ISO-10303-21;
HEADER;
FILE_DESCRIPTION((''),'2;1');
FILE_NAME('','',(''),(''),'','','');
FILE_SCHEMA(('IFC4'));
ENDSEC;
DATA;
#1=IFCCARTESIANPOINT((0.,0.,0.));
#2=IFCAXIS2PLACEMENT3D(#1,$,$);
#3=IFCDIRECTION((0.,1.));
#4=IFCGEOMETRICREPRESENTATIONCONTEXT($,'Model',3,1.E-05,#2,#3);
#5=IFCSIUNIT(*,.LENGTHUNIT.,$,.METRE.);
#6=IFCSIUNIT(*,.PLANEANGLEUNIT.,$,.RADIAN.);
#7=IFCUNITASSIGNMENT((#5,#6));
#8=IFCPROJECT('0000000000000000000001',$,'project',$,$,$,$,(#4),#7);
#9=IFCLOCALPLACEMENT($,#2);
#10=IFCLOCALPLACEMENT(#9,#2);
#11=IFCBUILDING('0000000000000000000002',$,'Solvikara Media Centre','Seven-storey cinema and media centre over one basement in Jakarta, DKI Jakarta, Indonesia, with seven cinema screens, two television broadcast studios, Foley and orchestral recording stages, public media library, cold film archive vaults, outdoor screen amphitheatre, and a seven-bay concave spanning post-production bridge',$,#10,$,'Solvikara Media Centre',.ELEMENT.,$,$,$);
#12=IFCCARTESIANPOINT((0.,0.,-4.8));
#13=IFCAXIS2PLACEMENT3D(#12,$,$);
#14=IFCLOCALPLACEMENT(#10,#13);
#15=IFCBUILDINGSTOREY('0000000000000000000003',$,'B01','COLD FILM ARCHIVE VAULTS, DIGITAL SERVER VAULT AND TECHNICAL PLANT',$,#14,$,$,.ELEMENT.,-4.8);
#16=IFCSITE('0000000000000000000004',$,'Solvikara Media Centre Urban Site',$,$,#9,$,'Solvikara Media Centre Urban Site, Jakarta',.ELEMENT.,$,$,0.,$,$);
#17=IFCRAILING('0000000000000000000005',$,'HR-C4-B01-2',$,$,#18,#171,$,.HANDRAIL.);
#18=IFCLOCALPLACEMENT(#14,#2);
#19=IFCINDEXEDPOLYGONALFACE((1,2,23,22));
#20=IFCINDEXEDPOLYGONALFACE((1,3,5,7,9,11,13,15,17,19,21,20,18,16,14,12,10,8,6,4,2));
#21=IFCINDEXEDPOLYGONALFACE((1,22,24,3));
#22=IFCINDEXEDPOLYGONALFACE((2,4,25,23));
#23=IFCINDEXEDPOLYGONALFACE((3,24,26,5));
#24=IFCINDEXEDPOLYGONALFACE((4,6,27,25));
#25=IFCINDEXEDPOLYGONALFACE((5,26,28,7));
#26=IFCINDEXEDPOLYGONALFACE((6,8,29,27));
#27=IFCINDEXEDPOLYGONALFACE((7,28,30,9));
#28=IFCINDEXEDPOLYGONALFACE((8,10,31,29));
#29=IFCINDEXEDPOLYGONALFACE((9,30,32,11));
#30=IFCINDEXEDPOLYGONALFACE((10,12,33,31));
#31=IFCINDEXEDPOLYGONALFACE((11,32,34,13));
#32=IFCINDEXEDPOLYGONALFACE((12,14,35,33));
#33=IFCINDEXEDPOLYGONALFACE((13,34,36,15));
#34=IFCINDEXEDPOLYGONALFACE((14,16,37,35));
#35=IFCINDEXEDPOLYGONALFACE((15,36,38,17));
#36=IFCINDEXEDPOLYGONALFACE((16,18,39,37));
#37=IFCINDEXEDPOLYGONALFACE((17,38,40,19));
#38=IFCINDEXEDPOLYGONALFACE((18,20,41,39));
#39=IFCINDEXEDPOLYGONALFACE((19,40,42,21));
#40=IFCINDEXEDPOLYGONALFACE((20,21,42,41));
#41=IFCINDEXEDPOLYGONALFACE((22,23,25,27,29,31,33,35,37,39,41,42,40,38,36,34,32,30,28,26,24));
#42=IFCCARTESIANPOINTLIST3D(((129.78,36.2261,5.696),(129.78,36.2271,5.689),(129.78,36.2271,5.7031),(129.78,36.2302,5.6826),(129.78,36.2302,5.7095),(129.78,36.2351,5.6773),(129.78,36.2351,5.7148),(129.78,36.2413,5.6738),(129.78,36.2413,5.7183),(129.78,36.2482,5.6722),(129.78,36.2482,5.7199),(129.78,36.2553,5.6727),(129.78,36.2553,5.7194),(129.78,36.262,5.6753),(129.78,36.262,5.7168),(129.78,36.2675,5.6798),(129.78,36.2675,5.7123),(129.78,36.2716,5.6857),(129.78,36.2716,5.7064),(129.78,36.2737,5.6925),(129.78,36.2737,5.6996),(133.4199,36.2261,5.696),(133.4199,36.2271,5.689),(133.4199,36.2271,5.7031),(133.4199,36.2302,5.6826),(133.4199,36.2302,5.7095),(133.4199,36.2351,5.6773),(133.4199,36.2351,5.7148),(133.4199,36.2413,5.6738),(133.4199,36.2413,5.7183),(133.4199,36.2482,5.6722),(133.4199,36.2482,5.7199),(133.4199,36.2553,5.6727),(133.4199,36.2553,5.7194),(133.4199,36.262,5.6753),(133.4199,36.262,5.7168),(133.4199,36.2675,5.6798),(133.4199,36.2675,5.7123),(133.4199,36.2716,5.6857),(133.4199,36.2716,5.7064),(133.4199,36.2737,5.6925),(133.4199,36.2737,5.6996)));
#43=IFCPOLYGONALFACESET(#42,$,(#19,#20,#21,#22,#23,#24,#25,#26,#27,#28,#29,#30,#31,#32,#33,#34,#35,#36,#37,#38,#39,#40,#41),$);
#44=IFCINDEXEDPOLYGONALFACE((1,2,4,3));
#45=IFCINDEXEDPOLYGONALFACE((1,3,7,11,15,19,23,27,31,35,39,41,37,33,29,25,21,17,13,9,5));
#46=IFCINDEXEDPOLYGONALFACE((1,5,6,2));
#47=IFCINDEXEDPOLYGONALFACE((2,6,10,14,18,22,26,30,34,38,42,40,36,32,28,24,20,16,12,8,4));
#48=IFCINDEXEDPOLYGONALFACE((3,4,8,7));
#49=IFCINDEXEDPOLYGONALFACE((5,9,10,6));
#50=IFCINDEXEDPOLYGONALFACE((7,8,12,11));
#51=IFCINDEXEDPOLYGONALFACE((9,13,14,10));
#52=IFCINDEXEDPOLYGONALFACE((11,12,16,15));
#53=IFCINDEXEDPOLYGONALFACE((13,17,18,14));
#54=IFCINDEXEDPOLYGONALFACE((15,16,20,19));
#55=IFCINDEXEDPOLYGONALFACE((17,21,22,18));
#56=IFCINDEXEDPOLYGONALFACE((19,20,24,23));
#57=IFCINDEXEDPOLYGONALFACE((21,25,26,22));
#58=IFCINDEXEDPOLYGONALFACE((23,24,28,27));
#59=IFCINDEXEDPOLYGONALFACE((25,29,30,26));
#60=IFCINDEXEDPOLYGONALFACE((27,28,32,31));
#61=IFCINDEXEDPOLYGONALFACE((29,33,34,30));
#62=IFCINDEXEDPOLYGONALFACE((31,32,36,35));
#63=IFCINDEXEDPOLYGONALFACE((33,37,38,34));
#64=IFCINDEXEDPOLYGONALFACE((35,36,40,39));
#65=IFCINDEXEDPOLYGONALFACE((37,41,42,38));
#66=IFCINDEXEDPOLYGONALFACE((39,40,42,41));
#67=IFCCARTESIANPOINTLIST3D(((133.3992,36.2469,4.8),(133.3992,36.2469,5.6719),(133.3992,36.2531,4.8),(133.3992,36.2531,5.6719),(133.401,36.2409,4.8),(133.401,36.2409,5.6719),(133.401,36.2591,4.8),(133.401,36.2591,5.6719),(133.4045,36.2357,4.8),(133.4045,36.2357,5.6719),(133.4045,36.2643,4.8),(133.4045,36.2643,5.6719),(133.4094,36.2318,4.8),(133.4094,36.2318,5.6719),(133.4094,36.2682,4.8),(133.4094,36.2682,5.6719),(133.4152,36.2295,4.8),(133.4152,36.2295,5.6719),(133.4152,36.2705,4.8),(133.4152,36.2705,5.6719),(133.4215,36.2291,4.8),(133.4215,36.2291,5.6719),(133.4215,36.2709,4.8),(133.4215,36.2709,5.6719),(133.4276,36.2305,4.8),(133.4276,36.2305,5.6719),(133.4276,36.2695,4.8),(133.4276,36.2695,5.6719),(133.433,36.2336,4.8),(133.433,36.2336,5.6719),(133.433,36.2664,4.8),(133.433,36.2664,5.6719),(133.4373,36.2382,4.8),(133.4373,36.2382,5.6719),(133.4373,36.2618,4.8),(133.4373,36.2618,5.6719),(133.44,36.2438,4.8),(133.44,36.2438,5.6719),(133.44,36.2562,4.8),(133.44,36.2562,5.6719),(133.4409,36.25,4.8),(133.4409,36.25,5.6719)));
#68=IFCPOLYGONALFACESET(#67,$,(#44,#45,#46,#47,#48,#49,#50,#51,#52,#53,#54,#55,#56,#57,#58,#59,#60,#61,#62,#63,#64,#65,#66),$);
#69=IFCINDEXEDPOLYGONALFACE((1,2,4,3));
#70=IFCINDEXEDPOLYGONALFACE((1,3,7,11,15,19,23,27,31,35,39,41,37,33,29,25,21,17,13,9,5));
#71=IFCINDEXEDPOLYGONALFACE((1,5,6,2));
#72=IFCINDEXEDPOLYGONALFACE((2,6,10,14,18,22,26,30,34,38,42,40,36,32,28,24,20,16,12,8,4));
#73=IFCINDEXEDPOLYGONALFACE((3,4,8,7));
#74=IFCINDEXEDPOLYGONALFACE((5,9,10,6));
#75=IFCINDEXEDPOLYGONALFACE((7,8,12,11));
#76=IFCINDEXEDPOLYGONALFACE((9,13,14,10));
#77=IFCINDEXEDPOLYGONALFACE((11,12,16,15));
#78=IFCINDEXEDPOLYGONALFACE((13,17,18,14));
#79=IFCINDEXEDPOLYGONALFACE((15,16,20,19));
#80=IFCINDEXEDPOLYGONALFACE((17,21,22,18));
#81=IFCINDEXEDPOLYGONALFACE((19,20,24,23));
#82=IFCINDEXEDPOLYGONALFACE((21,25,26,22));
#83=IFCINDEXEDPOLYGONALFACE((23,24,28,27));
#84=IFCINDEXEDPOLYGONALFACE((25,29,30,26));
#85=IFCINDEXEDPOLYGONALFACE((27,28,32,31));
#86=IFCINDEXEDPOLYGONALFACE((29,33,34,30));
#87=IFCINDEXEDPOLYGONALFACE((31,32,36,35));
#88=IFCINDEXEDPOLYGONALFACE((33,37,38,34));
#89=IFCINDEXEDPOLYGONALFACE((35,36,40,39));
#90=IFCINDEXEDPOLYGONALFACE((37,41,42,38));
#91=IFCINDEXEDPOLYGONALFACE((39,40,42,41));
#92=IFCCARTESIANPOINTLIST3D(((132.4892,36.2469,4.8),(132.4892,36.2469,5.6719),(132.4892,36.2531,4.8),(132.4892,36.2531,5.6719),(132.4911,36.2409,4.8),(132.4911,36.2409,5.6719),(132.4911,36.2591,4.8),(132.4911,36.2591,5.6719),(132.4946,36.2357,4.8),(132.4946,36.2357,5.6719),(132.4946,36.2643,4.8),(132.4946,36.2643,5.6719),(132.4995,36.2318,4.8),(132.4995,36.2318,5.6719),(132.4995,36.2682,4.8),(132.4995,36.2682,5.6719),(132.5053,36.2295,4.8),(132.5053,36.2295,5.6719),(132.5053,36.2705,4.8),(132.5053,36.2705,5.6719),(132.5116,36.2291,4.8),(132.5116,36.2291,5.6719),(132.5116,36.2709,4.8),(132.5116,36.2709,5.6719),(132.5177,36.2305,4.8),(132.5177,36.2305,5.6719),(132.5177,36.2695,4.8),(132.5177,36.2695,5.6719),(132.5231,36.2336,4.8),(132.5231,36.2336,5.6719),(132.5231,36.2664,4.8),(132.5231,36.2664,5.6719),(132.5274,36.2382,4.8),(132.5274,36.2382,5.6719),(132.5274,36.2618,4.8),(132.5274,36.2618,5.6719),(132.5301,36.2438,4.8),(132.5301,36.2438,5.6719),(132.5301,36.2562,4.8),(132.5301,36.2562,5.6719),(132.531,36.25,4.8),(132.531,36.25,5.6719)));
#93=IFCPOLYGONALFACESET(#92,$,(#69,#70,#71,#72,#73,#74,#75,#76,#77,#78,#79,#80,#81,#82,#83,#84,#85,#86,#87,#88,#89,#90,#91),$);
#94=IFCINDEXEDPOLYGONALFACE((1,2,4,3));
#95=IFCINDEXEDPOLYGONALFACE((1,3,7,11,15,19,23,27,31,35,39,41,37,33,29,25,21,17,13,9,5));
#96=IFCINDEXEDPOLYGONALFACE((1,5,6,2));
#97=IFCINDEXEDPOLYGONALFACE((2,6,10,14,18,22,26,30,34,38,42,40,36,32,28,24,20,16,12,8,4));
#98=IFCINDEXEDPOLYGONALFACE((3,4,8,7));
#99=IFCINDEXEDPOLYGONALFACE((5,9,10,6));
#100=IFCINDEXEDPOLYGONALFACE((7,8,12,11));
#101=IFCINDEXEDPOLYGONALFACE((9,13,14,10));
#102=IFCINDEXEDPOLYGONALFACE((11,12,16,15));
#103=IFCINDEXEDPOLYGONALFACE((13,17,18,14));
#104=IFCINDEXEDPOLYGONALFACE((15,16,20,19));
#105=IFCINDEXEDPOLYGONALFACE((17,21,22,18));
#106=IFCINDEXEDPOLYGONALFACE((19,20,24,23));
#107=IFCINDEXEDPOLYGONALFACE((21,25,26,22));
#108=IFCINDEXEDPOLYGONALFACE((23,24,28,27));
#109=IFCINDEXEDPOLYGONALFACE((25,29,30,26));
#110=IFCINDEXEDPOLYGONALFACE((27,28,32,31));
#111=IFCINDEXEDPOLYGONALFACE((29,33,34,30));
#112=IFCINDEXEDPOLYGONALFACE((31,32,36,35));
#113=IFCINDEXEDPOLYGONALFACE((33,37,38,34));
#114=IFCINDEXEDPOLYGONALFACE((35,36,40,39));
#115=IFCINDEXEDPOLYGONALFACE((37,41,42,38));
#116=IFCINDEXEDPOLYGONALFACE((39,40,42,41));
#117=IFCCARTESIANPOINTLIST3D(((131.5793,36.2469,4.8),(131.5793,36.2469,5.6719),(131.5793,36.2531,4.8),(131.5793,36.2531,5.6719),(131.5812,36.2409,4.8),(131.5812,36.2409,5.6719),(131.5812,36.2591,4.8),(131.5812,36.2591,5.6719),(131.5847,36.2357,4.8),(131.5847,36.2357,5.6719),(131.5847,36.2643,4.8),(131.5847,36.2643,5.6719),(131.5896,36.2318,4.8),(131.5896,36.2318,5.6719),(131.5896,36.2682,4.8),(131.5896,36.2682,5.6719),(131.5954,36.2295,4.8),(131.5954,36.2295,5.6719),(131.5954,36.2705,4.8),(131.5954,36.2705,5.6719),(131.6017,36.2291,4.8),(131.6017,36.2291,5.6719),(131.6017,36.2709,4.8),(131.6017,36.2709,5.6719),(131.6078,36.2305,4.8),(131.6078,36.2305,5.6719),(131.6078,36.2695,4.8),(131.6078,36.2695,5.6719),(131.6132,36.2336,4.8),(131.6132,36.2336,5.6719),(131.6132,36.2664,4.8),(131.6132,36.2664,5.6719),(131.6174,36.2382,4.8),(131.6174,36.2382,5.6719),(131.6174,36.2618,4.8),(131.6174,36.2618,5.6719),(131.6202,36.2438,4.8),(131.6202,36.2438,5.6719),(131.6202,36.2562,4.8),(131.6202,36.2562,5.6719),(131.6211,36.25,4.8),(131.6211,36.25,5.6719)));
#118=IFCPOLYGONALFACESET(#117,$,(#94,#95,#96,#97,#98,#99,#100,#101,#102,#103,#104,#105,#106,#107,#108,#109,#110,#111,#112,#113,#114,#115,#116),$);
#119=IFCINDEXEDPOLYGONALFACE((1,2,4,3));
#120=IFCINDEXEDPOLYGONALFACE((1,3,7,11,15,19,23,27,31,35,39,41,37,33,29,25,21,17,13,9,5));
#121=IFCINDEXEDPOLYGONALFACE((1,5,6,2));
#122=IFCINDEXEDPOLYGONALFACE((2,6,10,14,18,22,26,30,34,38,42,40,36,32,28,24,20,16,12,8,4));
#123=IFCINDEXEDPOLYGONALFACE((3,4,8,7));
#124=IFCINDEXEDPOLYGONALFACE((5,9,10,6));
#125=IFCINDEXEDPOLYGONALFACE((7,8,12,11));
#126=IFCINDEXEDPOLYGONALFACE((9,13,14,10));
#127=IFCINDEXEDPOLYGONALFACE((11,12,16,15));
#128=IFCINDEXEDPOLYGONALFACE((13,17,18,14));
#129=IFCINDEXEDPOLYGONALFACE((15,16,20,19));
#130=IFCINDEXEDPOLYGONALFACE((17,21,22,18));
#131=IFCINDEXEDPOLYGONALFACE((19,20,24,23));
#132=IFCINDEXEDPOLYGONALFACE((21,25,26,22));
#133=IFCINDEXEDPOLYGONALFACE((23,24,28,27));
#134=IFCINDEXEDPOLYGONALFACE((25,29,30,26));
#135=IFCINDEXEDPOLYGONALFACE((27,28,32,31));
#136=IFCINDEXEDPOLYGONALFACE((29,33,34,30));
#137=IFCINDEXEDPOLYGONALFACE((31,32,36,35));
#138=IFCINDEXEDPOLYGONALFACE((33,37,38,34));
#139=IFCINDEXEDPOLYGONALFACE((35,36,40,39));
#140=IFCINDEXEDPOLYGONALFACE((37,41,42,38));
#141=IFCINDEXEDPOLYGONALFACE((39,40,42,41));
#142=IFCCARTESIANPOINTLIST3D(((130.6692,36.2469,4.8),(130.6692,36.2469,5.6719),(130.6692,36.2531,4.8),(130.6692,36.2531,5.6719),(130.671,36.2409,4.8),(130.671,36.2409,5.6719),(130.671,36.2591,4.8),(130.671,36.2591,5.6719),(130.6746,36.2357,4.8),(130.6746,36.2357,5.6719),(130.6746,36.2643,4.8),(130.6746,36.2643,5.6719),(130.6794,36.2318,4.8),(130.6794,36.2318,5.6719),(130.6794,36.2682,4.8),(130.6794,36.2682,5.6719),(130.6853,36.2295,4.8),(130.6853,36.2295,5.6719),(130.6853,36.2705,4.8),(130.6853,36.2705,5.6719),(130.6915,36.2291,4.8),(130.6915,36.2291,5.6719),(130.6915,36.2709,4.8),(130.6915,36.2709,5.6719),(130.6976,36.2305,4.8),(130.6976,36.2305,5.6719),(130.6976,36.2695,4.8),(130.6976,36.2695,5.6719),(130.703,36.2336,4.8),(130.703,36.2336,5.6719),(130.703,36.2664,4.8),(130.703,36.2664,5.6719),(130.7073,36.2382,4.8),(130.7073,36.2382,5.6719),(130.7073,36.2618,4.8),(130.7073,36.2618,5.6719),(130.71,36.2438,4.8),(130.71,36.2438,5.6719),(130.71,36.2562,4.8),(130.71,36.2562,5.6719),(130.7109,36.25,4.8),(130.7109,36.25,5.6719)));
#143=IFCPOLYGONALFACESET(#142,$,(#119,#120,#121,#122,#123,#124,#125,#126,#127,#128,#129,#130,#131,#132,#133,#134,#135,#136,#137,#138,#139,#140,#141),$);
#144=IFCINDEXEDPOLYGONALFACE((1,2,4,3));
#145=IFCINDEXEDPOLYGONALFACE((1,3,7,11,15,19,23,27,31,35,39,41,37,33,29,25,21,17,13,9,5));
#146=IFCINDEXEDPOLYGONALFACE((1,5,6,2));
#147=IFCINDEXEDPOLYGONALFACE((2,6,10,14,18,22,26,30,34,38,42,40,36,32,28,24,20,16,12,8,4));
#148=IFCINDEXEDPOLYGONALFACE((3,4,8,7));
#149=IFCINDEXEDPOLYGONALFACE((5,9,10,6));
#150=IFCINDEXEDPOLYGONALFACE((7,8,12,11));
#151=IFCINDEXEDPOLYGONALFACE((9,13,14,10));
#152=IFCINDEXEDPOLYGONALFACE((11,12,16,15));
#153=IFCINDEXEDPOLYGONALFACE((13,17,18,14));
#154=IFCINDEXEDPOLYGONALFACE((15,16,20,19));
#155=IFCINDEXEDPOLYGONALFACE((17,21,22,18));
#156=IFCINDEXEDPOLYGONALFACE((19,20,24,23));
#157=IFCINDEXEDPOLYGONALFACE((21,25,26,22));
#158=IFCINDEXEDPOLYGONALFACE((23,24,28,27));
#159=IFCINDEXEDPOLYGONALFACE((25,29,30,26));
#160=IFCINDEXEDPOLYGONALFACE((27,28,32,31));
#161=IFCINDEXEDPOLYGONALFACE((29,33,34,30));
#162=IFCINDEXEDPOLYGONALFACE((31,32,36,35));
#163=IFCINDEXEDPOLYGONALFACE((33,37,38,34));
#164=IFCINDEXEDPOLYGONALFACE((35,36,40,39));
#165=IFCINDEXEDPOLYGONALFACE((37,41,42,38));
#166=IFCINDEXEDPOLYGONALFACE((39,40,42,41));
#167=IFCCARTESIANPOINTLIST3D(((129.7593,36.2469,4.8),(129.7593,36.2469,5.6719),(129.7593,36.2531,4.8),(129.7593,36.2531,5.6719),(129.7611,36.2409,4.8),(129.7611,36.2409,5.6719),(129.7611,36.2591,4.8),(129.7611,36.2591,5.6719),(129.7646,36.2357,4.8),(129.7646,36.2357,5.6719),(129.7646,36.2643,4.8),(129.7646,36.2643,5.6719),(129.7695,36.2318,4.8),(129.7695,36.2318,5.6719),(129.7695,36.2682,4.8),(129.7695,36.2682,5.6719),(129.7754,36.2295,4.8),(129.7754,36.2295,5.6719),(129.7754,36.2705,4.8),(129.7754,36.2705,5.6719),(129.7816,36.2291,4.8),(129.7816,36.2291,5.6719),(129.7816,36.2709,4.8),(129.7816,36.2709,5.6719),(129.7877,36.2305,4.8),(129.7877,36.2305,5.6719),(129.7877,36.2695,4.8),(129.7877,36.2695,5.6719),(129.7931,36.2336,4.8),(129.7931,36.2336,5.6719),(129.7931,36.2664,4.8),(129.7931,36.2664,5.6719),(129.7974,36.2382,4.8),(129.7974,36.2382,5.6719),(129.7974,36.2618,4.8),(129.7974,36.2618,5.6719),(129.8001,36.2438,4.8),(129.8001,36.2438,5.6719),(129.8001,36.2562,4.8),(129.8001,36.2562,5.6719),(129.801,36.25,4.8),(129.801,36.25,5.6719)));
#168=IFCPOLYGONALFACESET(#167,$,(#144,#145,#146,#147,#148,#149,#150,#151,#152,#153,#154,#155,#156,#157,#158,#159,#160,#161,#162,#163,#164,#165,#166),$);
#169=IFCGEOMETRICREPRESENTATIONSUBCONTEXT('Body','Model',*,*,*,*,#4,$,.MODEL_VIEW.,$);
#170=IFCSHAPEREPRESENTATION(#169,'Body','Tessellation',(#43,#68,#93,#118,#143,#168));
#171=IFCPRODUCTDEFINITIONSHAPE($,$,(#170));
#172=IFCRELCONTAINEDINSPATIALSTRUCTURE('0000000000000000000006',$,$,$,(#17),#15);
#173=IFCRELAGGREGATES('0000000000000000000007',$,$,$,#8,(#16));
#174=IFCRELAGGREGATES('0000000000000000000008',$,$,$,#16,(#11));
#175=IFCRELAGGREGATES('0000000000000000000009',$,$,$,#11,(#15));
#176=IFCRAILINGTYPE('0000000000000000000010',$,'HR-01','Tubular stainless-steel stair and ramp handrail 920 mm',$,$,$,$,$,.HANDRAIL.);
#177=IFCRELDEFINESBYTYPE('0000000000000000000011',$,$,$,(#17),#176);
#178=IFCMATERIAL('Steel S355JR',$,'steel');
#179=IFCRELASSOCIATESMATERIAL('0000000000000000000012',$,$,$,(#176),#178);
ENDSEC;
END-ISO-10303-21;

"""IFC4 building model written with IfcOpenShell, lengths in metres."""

from ifc_helpers import new_model, si_unit, direction, frame, origin, origin_2d, place, context, subcontext, project, spatial, circle, extrude, material, type_object, element, save


model = new_model("IFC4")

# Units and contexts
model_context = context("Model", 3, precision=1e-05, world=origin(), true_north=direction((0.0, 1.0)))
body_context = subcontext(model_context, "Body", "Model", "MODEL_VIEW")
ifc_project = project(units=[si_unit("LENGTHUNIT", "METRE"), si_unit("PLANEANGLEUNIT", "RADIAN")], contexts=[model_context])

# Site, building, storey
site_placement = place(None, origin())
site = spatial("IfcSite", under=ifc_project, at=site_placement, Name="Solvikara Media Centre Urban Site", LongName="Solvikara Media Centre Urban Site, Jakarta", CompositionType="ELEMENT", RefElevation=0.0)
building_placement = place(site_placement, origin())
building = spatial("IfcBuilding", under=site, at=building_placement, Name="Solvikara Media Centre", Description="Seven-storey cinema and media centre over one basement in Jakarta, DKI Jakarta, Indonesia, with seven cinema screens, two television broadcast studios, Foley and orchestral recording stages, public media library, cold film archive vaults, outdoor screen amphitheatre, and a seven-bay concave spanning post-production bridge", LongName="Solvikara Media Centre", CompositionType="ELEMENT")
storey_placement = place(building_placement, frame((0.0, 0.0, -4.8)))
storey = spatial("IfcBuildingStorey", under=building, at=storey_placement, Name="B01", Description="COLD FILM ARCHIVE VAULTS, DIGITAL SERVER VAULT AND TECHNICAL PLANT", CompositionType="ELEMENT", Elevation=-4.8)

# Railing
ifc_material_1 = material(Name="Steel S355JR", Category="steel")
railing_type = type_object("IfcRailingType", Name="HR-01", Description="Tubular stainless-steel stair and ramp handrail 920 mm", PredefinedType="HANDRAIL", material=ifc_material_1)
railing_placement = place(storey_placement, frame((133.4199, 36.25, 4.8)))
element("IfcRailing", 1, at=railing_placement, inside=storey, type_object=railing_type, Name="HR-C4-B01-2", PredefinedType="HANDRAIL", context=body_context, shape_type="SweptSolid", body=[
    extrude(circle(Radius=0.0239, at=origin_2d()), frame((0.0, 0.0, 0.896), z_axis=(-1.0, 0.0, 0.0), x_axis=(0.0, -1.0, 0.0)), (0.0, 0.0, 1.0), 3.6399),
    extrude(circle(Radius=0.021, at=origin_2d()), origin(), (0.0, 0.0, 1.0), 0.8718),
    extrude(circle(Radius=0.021, at=origin_2d()), frame((-0.9099, 0.0, 0.0)), (0.0, 0.0, 1.0), 0.8718),
    extrude(circle(Radius=0.021, at=origin_2d()), frame((-1.8198, 0.0, 0.0)), (0.0, 0.0, 1.0), 0.8718),
    extrude(circle(Radius=0.021, at=origin_2d()), frame((-2.73, 0.0, 0.0)), (0.0, 0.0, 1.0), 0.8718),
    extrude(circle(Radius=0.021, at=origin_2d()), frame((-3.6399, 0.0, 0.0)), (0.0, 0.0, 1.0), 0.8718),
])

save(model, "model.ifc")
